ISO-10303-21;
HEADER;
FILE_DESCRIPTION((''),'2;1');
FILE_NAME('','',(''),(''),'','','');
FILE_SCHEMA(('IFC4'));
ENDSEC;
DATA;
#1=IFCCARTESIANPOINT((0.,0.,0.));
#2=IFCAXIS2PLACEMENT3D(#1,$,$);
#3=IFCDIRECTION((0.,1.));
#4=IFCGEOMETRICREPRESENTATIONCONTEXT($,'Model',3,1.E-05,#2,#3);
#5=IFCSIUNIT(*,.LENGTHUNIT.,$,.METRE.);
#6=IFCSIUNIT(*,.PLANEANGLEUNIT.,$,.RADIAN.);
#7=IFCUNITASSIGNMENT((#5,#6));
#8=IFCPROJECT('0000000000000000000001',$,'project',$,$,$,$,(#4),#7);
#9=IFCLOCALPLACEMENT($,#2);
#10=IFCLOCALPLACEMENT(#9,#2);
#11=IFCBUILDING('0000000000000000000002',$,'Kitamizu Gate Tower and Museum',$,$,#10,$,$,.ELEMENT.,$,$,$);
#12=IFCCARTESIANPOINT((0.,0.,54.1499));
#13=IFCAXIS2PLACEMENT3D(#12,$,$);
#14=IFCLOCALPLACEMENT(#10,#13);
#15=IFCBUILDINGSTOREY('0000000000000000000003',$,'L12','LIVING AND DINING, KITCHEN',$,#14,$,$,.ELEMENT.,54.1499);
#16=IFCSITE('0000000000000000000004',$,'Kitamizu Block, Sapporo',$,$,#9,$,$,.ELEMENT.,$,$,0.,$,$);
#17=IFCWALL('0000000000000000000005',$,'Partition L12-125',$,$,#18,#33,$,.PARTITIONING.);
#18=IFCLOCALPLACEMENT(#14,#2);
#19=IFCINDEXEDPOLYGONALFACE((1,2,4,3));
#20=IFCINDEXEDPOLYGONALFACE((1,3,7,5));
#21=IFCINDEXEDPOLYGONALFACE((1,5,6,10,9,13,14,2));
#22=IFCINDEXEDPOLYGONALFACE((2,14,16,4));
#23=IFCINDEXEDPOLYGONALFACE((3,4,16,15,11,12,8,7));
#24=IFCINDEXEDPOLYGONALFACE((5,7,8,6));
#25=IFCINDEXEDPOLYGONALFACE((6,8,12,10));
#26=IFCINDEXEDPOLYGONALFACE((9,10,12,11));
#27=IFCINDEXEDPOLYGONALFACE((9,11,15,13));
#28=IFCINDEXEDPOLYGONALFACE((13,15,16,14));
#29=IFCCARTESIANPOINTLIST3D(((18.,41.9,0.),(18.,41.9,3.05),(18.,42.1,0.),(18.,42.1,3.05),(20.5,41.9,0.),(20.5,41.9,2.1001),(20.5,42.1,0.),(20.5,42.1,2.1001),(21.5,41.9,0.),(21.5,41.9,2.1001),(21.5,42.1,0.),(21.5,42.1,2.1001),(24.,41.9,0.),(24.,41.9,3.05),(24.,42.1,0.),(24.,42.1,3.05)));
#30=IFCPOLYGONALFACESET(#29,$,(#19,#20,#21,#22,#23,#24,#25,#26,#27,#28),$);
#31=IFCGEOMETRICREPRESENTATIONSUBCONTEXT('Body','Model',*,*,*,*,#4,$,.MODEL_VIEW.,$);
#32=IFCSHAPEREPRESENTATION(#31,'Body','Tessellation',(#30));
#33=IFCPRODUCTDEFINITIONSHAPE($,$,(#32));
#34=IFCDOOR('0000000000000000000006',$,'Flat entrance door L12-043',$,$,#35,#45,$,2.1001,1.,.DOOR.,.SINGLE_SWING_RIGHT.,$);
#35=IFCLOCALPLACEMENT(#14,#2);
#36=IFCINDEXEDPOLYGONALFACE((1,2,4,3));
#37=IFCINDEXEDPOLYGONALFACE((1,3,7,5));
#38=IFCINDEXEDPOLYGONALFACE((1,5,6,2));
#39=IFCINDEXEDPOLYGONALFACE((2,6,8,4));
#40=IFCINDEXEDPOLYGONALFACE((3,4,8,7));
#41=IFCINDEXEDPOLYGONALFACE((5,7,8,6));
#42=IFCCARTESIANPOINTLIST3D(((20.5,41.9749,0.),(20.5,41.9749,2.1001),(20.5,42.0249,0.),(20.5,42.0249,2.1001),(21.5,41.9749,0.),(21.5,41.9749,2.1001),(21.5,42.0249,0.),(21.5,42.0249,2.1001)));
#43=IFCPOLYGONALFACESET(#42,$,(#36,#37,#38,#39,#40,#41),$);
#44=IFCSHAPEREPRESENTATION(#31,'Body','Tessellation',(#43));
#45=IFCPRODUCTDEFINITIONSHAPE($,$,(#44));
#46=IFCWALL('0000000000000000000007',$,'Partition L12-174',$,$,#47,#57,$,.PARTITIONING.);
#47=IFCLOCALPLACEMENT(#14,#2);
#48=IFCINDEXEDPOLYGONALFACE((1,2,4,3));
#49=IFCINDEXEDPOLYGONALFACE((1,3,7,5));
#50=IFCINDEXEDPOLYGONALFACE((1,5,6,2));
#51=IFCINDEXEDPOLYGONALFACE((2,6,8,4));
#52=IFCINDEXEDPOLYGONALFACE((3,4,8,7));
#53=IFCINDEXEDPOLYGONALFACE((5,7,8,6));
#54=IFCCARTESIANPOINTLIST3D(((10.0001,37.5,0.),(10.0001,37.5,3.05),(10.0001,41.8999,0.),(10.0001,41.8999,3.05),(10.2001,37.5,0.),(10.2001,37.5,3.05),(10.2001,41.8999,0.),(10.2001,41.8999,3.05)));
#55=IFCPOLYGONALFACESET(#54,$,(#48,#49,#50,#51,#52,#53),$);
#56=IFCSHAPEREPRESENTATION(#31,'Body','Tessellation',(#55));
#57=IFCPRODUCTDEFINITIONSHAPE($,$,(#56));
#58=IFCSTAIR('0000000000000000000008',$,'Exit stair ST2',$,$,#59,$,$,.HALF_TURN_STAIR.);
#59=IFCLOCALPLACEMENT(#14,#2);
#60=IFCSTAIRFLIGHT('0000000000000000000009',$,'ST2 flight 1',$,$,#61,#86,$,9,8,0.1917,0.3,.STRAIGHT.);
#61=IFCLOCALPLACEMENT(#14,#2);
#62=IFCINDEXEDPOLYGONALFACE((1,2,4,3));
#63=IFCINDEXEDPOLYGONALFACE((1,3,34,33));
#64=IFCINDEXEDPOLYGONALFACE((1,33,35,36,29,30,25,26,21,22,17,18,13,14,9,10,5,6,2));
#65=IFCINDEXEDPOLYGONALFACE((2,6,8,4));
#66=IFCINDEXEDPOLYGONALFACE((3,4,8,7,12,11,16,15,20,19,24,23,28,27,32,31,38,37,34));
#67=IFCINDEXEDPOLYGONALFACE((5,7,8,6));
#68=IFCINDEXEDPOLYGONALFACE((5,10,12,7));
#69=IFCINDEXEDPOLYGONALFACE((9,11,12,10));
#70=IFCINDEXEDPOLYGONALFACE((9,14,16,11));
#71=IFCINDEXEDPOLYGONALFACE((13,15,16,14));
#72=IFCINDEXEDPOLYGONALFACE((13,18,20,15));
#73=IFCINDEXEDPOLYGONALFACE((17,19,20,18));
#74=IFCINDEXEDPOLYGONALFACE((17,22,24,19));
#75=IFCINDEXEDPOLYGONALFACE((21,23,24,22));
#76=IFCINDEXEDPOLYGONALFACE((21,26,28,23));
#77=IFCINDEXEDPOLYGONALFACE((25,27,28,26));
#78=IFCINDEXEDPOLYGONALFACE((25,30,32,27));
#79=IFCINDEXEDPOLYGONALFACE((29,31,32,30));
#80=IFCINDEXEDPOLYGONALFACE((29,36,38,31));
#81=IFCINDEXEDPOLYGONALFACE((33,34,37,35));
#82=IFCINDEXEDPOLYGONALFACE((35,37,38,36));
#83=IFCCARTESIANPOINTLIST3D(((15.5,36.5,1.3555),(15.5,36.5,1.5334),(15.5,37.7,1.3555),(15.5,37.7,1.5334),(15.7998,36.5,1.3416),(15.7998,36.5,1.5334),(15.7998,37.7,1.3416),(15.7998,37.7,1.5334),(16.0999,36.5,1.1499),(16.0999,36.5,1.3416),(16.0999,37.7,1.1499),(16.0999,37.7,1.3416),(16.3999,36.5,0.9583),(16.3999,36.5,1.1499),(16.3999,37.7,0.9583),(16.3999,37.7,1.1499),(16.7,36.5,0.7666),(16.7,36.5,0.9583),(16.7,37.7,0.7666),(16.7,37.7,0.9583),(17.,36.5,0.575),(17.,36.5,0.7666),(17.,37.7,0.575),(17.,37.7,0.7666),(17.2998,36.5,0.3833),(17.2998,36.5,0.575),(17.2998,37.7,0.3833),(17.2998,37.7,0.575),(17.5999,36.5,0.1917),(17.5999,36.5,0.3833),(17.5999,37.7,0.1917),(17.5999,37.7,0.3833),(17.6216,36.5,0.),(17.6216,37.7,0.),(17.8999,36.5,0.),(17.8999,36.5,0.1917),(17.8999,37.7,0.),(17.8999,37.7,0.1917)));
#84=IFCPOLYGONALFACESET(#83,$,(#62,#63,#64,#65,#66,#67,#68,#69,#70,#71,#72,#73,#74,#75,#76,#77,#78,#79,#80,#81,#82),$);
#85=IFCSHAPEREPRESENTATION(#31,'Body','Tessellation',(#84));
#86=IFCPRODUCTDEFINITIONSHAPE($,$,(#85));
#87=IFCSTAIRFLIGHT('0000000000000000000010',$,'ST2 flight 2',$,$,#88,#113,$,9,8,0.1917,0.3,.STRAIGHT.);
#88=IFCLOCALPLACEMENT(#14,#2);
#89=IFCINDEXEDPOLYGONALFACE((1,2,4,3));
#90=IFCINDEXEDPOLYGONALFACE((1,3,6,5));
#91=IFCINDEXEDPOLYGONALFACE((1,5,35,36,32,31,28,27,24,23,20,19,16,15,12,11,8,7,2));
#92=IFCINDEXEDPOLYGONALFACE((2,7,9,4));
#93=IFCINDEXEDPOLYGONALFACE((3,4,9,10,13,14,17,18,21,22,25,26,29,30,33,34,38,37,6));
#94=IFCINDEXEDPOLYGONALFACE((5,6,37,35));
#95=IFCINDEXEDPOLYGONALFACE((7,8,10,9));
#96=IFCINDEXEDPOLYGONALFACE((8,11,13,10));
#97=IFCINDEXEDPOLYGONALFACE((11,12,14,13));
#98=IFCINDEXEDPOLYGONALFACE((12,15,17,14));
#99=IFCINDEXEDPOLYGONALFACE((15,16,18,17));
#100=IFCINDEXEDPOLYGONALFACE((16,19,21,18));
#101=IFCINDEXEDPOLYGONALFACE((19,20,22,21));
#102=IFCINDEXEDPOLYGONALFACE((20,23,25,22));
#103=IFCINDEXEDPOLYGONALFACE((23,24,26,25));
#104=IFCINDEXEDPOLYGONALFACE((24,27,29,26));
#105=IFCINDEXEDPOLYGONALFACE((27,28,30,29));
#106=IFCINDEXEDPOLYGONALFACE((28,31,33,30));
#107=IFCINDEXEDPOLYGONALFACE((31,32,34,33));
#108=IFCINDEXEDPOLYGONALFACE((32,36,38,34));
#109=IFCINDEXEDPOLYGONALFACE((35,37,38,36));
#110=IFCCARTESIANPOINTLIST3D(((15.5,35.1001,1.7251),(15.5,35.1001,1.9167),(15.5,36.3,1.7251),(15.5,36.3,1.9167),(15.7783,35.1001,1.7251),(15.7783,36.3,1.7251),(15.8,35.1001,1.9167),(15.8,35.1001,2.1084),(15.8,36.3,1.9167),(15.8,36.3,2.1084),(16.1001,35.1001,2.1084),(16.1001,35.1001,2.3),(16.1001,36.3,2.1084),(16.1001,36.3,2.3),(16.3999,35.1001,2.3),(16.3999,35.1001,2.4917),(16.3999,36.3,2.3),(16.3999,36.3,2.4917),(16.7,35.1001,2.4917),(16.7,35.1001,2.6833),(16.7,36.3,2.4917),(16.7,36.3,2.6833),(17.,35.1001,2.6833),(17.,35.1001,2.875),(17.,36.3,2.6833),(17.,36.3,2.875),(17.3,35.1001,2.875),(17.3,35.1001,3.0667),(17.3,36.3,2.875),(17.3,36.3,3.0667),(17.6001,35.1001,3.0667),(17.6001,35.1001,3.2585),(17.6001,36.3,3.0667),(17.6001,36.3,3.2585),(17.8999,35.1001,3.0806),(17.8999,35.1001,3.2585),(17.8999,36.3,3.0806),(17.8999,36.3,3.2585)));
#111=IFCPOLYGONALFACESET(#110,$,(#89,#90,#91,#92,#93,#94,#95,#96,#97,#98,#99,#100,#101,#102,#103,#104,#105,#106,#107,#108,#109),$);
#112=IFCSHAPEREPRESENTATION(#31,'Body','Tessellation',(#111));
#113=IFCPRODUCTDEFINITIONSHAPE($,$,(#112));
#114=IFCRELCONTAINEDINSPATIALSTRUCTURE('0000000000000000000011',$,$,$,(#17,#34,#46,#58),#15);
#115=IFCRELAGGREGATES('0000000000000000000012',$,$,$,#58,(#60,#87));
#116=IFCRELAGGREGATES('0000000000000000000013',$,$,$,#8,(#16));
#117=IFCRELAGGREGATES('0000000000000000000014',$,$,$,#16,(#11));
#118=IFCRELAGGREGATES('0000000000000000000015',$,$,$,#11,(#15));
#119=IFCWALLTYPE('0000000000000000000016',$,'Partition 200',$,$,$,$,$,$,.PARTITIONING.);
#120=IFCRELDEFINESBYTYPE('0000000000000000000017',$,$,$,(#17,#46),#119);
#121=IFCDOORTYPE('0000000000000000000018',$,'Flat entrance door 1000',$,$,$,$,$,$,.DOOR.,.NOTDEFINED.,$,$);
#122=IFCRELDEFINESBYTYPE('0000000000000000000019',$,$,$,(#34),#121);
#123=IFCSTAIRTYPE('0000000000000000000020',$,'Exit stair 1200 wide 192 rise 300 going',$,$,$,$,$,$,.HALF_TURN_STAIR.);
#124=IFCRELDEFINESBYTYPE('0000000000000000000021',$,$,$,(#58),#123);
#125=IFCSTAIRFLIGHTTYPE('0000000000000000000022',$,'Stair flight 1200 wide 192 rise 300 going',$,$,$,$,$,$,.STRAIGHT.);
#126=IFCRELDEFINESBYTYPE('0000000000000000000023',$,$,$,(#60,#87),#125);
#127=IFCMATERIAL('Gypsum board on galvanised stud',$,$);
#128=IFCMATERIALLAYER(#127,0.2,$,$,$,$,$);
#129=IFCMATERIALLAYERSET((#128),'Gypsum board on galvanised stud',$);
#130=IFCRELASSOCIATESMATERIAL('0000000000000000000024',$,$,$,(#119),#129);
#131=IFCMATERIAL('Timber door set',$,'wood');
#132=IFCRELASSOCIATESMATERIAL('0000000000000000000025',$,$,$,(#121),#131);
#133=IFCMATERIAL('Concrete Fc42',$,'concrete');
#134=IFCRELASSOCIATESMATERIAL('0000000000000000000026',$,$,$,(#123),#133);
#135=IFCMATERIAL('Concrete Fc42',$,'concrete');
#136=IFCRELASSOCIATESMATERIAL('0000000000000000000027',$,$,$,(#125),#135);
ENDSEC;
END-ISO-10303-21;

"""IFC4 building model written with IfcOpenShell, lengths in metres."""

from ifc_helpers import new_model, si_unit, direction, frame, frame_2d, origin, place, context, subcontext, project, spatial, polyline, rectangle, outline, extrude, material, layer, layer_set, type_object, element, fill, aggregate, save


model = new_model("IFC4")

# Units and contexts
model_context = context("Model", 3, precision=1e-05, world=origin(), true_north=direction((0.0, 1.0)))
body_context = subcontext(model_context, "Body", "Model", "MODEL_VIEW")
ifc_project = project(units=[si_unit("LENGTHUNIT", "METRE"), si_unit("PLANEANGLEUNIT", "RADIAN")], contexts=[model_context])

# Site, building, storey
site_placement = place(None, origin())
site = spatial("IfcSite", under=ifc_project, at=site_placement, Name="Kitamizu Block, Sapporo", CompositionType="ELEMENT", RefElevation=0.0)
building_placement = place(site_placement, origin())
building = spatial("IfcBuilding", under=site, at=building_placement, Name="Kitamizu Gate Tower and Museum", CompositionType="ELEMENT")
storey_placement = place(building_placement, frame((0.0, 0.0, 54.1499)))
storey = spatial("IfcBuildingStorey", under=building, at=storey_placement, Name="L12", Description="LIVING AND DINING, KITCHEN", CompositionType="ELEMENT", Elevation=54.1499)

# Shared definitions
ifc_material_1 = material(Name="Gypsum board on galvanised stud")
ifc_layer_1 = layer(ifc_material_1, 0.2)
ifc_layer_set_1 = layer_set([ifc_layer_1], Name="Gypsum board on galvanised stud")
wall_type_1 = type_object("IfcWallType", Name="Partition 200", PredefinedType="PARTITIONING", material=ifc_layer_set_1)

# Wall, opening, door
wall_1_placement = place(storey_placement, frame((18.0, 42.0, 0.0), z_axis=(0.0, 0.0, 1.0), x_axis=(1.0, 0.0, 0.0)))
wall_1 = element("IfcWall", 1, at=wall_1_placement, inside=storey, type_object=wall_type_1, Name="Partition L12-125", PredefinedType="PARTITIONING", context=body_context, shape_type="SweptSolid", body=[
    extrude(rectangle(XDim=6.0, YDim=0.2, at=frame_2d((3.0, 0.0))), origin(), (0.0, 0.0, 1.0), 3.05),
])
opening_1_placement = place(wall_1_placement, frame((2.5, 0.0, 0.0)))
opening_1 = element("IfcOpeningElement", 2, at=opening_1_placement, cuts=wall_1, PredefinedType="OPENING", context=body_context, shape_type="SweptSolid", body=[
    extrude(rectangle(XDim=1.0, YDim=2.1001, at=frame_2d((0.5, 1.05))), frame((0.0, 0.1099, 0.0), z_axis=(0.0, -1.0, 0.0), x_axis=(1.0, 0.0, 0.0)), (0.0, 0.0, 1.0), 0.22),
])
ifc_material_2 = material(Name="Timber door set", Category="wood")
door_type_1 = type_object("IfcDoorType", Name="Flat entrance door 1000", OperationType="NOTDEFINED", PredefinedType="DOOR", material=ifc_material_2)
door_1_placement = place(opening_1_placement, origin())
door_1 = element("IfcDoor", 3, at=door_1_placement, inside=storey, type_object=door_type_1, Name="Flat entrance door L12-043", OperationType="SINGLE_SWING_RIGHT", OverallHeight=2.1001, OverallWidth=1.0, PredefinedType="DOOR", context=body_context, shape_type="SweptSolid", body=[
    extrude(rectangle(XDim=1.0, YDim=2.1001, at=frame_2d((0.5, 1.05))), frame((0.0, 0.0249, 0.0), z_axis=(0.0, -1.0, 0.0), x_axis=(1.0, 0.0, 0.0)), (0.0, 0.0, 1.0), 0.05),
])
fill(opening_1, door_1)

# Wall
wall_2_placement = place(storey_placement, frame((10.1001, 37.5, 0.0), z_axis=(0.0, 0.0, 1.0), x_axis=(0.0, 1.0, 0.0)))
element("IfcWall", 4, at=wall_2_placement, inside=storey, type_object=wall_type_1, Name="Partition L12-174", PredefinedType="PARTITIONING", context=body_context, shape_type="SweptSolid", body=[
    extrude(rectangle(XDim=4.3999, YDim=0.2, at=frame_2d((2.2, 0.0))), origin(), (0.0, 0.0, 1.0), 3.05),
])

# Stair, stair flights
ifc_material_3 = material(Name="Concrete Fc42", Category="concrete")
stair_type = type_object("IfcStairType", Name="Exit stair 1200 wide 192 rise 300 going", PredefinedType="HALF_TURN_STAIR", material=ifc_material_3)
stair_placement = place(storey_placement, origin())
stair = element("IfcStair", 5, at=stair_placement, inside=storey, type_object=stair_type, Name="Exit stair ST2", PredefinedType="HALF_TURN_STAIR")
ifc_material_4 = material(Name="Concrete Fc42", Category="concrete")
stair_flight_type = type_object("IfcStairFlightType", Name="Stair flight 1200 wide 192 rise 300 going", PredefinedType="STRAIGHT", material=ifc_material_4)
stair_flight_1_placement = place(storey_placement, frame((17.8999, 37.1001, 0.0), z_axis=(0.0, 0.0, 1.0), x_axis=(-1.0, 0.0, 0.0)))
stair_flight_1 = element("IfcStairFlight", 6, at=stair_flight_1_placement, type_object=stair_flight_type, Name="ST2 flight 1", NumberOfRisers=9, NumberOfTreads=8, PredefinedType="STRAIGHT", RiserHeight=0.1917, TreadLength=0.3, context=body_context, shape_type="SweptSolid", body=[
    extrude(outline(polyline([(0.0, 0.0), (0.0, 0.1917), (0.3, 0.1917), (0.3, 0.3833), (0.6001, 0.3833), (0.6001, 0.575), (0.8999, 0.575), (0.8999, 0.7666), (1.2, 0.7666), (1.2, 0.9583), (1.5, 0.9583), (1.5, 1.1499), (1.8, 1.1499), (1.8, 1.3416), (2.1001, 1.3416), (2.1001, 1.5334), (2.3999, 1.5334), (2.3999, 1.7251), (2.3999, 1.3555), (0.2783, 0.0), (0.0, 0.0)])), frame((0.0, 0.6001, 0.0), z_axis=(0.0, -1.0, 0.0), x_axis=(1.0, 0.0, 0.0)), (0.0, 0.0, 1.0), 1.2),
])
stair_flight_2_placement = place(storey_placement, frame((15.5, 35.7, 1.7251), z_axis=(0.0, 0.0, 1.0), x_axis=(1.0, 0.0, 0.0)))
stair_flight_2 = element("IfcStairFlight", 7, at=stair_flight_2_placement, type_object=stair_flight_type, Name="ST2 flight 2", NumberOfRisers=9, NumberOfTreads=8, PredefinedType="STRAIGHT", RiserHeight=0.1917, TreadLength=0.3, context=body_context, shape_type="SweptSolid", body=[
    extrude(outline(polyline([(0.0, 0.0), (0.0, 0.1917), (0.3, 0.1917), (0.3, 0.3833), (0.6001, 0.3833), (0.6001, 0.575), (0.8999, 0.575), (0.8999, 0.7666), (1.2, 0.7666), (1.2, 0.9583), (1.5, 0.9583), (1.5, 1.1499), (1.8, 1.1499), (1.8, 1.3416), (2.1001, 1.3416), (2.1001, 1.5334), (2.3999, 1.5334), (2.3999, 1.7251), (2.3999, 1.3555), (0.2783, 0.0), (0.0, 0.0)])), frame((0.0, 0.6001, 0.0), z_axis=(0.0, -1.0, 0.0), x_axis=(1.0, 0.0, 0.0)), (0.0, 0.0, 1.0), 1.2),
])
aggregate(stair, [stair_flight_1, stair_flight_2])

save(model, "model.ifc")
